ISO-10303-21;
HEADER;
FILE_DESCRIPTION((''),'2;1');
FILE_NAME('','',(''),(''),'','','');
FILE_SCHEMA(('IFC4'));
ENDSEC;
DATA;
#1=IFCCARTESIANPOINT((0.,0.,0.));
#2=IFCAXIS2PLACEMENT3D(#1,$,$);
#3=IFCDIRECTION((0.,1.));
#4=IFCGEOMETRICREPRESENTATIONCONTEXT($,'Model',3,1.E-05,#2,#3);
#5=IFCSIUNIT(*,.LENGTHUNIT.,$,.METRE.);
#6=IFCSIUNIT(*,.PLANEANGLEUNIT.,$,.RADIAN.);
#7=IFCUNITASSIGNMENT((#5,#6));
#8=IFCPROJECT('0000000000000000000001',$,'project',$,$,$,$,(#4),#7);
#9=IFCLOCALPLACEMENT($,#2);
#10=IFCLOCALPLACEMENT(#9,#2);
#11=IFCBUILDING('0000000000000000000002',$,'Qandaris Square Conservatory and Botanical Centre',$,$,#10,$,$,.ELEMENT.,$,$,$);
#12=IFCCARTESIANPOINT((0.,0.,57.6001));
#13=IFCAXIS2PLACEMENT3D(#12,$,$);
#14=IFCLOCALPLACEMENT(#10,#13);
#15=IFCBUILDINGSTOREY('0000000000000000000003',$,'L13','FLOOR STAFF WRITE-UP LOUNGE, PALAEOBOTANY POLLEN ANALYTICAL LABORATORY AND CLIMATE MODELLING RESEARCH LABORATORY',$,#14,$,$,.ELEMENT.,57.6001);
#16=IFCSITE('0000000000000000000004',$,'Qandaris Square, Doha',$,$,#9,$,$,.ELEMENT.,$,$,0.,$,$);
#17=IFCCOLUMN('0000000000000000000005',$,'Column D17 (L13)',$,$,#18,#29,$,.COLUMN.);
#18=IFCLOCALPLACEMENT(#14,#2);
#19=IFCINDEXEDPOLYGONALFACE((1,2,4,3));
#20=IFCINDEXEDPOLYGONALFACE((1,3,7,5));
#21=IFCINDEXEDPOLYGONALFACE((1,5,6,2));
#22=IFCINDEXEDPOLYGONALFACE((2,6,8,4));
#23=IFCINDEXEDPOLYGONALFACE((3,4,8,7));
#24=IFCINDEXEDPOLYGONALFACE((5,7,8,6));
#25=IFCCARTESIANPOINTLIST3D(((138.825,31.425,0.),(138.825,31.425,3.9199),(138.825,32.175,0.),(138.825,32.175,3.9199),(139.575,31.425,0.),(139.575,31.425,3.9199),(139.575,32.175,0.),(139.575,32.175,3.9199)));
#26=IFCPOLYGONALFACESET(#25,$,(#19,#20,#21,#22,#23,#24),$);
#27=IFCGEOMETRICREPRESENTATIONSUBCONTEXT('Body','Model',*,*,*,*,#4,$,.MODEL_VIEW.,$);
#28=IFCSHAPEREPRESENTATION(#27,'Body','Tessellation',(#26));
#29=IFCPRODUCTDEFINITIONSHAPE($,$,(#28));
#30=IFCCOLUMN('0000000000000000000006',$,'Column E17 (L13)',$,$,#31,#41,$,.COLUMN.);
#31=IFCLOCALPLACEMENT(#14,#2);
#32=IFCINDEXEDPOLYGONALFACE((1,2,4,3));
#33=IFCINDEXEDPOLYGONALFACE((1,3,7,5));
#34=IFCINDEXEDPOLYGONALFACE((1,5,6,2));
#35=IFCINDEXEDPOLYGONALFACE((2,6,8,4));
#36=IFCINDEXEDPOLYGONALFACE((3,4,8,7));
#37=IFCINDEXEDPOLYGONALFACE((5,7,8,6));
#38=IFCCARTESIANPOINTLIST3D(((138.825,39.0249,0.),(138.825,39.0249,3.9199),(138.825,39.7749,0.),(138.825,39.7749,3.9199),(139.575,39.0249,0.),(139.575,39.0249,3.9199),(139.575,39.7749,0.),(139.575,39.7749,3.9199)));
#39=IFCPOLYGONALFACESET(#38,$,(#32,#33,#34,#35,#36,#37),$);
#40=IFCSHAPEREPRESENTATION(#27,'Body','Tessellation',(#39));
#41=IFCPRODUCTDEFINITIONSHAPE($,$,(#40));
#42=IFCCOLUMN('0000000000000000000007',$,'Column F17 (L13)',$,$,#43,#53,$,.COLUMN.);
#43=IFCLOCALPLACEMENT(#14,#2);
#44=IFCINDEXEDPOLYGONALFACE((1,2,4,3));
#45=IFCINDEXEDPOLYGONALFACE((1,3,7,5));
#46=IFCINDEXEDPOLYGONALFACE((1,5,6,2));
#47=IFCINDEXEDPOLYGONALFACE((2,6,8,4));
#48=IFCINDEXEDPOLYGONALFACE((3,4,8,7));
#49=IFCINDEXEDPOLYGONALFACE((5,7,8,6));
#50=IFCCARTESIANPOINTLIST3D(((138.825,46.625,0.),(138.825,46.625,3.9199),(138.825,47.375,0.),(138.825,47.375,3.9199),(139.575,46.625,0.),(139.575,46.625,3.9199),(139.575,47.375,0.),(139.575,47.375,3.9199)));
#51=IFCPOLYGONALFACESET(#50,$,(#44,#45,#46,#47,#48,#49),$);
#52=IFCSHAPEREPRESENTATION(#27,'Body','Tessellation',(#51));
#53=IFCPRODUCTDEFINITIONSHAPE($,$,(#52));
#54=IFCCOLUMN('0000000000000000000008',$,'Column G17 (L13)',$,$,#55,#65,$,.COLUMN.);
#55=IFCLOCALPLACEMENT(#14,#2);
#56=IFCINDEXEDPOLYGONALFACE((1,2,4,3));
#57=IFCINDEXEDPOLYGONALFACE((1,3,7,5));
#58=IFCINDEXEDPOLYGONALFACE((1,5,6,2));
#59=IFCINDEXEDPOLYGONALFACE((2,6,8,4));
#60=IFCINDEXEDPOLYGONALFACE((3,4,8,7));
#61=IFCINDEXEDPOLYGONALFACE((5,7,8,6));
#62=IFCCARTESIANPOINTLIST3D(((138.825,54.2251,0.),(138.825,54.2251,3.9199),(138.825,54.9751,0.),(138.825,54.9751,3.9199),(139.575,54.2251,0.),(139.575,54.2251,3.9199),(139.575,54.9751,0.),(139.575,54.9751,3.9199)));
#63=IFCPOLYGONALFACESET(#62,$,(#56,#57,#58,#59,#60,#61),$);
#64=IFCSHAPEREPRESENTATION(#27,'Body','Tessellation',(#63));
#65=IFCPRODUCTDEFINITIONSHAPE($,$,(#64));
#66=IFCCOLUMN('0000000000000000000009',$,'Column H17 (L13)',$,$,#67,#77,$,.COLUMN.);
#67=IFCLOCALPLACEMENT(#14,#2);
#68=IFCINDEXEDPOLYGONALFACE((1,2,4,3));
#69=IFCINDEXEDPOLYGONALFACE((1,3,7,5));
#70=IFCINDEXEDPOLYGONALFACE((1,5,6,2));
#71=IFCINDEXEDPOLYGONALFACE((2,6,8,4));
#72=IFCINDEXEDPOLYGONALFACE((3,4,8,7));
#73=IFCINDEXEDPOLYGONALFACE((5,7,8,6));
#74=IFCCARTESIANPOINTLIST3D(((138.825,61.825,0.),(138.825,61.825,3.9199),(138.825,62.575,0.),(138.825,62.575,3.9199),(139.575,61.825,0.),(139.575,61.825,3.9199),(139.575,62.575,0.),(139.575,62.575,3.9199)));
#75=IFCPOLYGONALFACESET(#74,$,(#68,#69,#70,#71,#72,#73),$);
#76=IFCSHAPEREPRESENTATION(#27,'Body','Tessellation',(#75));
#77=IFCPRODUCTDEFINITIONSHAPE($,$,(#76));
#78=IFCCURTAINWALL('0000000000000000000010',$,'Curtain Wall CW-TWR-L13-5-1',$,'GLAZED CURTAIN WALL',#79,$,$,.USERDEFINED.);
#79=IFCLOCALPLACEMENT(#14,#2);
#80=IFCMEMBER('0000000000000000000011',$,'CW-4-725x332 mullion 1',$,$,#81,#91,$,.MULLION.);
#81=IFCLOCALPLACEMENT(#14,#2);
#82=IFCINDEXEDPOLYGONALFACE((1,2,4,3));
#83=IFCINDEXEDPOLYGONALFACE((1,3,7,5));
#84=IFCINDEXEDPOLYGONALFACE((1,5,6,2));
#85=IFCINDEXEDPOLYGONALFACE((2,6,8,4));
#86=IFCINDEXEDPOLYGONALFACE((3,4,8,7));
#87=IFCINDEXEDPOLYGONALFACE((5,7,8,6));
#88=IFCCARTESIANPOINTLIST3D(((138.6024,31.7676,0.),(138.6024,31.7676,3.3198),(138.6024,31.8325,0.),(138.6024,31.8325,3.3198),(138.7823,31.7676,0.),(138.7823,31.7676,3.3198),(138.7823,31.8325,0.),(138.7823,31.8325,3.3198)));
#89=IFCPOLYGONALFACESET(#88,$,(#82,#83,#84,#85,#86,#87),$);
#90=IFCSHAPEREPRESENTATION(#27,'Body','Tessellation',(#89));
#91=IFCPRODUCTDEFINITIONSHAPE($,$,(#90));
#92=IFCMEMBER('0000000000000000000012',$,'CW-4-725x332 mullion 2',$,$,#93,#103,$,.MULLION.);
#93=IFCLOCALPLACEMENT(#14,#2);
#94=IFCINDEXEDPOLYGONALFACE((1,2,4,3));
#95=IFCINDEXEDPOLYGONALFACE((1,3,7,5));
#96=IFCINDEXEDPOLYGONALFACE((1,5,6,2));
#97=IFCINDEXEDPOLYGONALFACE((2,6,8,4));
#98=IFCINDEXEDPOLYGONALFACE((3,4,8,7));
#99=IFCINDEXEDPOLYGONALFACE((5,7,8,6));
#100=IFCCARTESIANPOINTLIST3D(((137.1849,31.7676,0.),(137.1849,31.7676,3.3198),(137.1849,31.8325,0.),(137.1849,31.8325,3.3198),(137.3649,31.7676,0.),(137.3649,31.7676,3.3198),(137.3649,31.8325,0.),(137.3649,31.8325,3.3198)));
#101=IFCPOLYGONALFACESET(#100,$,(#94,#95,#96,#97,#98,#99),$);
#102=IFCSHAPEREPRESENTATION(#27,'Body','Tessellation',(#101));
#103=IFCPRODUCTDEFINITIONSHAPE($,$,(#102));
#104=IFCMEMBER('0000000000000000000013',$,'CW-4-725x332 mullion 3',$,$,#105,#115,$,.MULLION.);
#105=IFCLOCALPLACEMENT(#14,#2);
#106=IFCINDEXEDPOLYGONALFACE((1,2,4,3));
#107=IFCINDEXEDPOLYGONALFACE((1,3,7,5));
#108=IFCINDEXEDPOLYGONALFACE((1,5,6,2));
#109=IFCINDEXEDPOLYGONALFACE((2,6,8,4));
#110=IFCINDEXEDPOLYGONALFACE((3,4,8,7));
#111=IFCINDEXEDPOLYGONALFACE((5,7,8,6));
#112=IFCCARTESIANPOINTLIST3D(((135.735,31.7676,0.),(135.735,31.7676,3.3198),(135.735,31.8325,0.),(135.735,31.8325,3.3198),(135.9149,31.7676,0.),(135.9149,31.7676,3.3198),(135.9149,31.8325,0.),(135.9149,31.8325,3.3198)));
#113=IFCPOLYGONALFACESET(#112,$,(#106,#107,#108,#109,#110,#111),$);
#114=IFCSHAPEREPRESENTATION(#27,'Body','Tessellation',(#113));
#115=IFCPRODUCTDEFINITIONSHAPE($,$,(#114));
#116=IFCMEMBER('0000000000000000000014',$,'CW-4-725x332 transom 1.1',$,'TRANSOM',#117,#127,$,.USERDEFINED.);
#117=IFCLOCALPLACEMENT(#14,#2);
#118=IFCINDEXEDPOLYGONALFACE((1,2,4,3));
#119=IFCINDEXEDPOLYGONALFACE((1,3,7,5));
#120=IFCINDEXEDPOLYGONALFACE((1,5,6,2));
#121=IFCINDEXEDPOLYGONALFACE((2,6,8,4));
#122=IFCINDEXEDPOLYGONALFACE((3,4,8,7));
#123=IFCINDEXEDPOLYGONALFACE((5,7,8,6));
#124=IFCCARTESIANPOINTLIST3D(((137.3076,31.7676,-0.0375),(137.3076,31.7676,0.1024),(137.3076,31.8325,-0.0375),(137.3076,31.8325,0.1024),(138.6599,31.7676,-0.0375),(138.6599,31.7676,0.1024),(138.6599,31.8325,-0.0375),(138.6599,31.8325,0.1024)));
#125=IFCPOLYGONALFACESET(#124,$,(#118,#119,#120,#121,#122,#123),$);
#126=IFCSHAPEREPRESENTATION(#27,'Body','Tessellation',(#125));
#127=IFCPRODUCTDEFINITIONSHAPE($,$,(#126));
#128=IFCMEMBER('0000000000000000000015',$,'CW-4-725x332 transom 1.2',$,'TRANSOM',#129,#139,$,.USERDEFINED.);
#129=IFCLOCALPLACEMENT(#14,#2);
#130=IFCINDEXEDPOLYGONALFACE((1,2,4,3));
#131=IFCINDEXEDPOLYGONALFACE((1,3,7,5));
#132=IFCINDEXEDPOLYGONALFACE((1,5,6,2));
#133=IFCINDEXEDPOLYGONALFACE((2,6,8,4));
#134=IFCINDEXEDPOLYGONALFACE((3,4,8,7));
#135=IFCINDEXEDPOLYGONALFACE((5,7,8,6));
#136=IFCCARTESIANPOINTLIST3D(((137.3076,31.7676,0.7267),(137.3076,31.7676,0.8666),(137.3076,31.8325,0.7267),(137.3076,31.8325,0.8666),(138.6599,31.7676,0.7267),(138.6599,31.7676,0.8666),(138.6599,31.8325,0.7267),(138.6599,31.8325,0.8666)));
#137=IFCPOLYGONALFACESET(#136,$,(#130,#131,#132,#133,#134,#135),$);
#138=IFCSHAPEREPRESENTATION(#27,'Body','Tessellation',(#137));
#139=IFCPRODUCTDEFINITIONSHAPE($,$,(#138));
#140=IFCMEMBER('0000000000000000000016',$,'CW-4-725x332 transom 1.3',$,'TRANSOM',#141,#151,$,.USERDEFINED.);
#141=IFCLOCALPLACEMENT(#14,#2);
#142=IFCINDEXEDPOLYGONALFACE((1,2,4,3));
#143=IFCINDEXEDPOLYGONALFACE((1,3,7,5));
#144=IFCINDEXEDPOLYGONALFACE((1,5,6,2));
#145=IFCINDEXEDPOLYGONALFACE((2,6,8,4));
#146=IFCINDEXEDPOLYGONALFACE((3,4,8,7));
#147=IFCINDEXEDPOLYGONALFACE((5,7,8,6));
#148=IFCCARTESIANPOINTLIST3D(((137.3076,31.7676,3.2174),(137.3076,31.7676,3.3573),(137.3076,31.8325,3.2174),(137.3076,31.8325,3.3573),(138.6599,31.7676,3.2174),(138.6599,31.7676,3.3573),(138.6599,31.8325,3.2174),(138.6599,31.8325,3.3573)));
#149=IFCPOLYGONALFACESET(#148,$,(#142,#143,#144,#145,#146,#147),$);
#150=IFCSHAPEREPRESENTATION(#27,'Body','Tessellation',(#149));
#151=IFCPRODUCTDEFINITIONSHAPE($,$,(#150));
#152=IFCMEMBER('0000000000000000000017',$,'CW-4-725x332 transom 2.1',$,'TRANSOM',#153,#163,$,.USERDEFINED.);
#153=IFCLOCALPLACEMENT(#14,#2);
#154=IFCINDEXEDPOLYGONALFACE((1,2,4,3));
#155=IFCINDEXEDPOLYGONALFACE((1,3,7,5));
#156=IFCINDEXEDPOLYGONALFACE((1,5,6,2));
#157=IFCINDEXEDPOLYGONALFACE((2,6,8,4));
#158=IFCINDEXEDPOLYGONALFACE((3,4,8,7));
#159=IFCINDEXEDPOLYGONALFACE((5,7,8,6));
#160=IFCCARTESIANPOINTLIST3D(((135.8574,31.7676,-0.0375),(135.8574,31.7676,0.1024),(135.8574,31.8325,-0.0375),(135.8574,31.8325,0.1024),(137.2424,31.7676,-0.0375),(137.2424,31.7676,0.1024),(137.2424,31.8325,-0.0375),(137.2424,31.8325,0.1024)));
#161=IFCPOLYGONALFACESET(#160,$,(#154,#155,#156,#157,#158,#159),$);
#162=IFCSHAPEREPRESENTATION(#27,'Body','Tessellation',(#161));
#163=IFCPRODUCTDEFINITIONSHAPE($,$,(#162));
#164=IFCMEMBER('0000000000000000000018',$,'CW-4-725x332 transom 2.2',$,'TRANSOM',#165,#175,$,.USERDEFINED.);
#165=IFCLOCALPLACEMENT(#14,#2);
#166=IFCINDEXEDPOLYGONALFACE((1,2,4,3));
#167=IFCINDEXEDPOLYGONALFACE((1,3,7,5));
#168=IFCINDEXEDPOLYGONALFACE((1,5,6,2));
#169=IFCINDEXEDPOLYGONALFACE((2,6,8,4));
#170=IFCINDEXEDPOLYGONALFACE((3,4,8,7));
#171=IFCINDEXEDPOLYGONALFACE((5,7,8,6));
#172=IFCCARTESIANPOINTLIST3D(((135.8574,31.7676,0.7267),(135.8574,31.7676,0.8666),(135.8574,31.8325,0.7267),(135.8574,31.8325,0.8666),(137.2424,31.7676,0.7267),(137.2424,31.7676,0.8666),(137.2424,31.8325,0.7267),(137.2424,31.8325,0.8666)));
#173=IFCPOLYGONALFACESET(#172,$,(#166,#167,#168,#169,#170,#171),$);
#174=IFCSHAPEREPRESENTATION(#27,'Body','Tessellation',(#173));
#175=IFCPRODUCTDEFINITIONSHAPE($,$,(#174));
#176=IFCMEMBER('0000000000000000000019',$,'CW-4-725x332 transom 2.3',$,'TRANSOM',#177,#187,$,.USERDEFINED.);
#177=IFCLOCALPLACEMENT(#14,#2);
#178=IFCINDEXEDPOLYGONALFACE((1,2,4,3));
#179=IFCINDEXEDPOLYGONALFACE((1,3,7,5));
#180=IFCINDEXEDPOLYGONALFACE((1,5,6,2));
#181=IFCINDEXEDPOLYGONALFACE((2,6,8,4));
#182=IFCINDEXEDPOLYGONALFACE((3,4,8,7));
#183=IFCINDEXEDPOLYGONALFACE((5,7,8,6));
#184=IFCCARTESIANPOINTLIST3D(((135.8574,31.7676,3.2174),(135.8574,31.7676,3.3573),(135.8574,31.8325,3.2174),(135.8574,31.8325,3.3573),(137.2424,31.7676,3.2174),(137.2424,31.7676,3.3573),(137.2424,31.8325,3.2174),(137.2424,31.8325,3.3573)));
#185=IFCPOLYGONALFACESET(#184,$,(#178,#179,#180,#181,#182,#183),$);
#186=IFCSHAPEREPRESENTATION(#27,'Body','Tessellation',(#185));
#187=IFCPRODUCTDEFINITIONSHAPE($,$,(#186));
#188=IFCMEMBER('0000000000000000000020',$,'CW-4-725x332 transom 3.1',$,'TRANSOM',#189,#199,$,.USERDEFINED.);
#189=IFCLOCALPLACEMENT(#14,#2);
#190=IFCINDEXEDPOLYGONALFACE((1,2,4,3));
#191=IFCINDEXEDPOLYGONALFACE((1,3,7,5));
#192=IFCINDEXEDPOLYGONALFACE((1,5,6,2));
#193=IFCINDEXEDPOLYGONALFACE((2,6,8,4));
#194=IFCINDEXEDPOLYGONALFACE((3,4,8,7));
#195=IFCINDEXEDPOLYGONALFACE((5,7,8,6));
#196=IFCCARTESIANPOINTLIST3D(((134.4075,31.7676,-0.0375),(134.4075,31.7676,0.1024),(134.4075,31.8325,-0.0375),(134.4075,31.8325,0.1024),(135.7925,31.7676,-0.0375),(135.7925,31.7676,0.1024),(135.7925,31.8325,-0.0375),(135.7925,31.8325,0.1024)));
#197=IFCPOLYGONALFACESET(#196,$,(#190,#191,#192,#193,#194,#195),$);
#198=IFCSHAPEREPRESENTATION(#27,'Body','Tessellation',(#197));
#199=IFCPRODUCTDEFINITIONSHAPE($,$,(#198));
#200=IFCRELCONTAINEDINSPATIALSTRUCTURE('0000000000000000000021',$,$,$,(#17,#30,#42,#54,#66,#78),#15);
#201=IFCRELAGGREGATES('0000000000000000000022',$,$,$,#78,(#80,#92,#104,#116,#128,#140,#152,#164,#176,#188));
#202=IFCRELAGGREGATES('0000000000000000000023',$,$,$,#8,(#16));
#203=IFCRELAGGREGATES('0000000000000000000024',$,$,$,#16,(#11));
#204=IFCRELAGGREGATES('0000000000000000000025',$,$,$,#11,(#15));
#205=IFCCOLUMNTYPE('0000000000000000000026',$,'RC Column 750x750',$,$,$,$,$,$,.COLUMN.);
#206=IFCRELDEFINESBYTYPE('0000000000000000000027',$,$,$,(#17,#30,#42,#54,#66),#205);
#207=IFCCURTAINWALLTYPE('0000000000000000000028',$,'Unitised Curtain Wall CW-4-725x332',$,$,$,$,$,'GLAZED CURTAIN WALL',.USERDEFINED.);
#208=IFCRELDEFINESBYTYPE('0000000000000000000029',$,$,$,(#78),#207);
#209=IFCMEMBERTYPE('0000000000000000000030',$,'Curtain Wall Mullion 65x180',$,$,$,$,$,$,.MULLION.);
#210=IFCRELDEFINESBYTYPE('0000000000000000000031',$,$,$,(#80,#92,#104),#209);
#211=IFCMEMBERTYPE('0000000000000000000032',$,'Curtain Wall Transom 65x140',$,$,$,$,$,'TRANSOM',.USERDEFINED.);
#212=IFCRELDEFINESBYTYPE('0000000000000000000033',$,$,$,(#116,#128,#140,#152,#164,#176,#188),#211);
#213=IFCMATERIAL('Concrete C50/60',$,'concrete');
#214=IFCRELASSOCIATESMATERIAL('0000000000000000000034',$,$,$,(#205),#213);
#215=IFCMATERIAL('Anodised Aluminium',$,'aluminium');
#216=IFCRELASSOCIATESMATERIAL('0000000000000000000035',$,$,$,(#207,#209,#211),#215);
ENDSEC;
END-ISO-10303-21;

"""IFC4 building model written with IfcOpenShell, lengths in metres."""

from ifc_helpers import new_model, si_unit, direction, frame, origin, origin_2d, place, context, subcontext, project, spatial, rectangle, extrude, material, material_profile, profile_set, type_object, element, aggregate, save


model = new_model("IFC4")

# Units and contexts
model_context = context("Model", 3, precision=1e-05, world=origin(), true_north=direction((0.0, 1.0)))
body_context = subcontext(model_context, "Body", "Model", "MODEL_VIEW")
ifc_project = project(units=[si_unit("LENGTHUNIT", "METRE"), si_unit("PLANEANGLEUNIT", "RADIAN")], contexts=[model_context])

# Site, building, storey
site_placement = place(None, origin())
site = spatial("IfcSite", under=ifc_project, at=site_placement, Name="Qandaris Square, Doha", CompositionType="ELEMENT", RefElevation=0.0)
building_placement = place(site_placement, origin())
building = spatial("IfcBuilding", under=site, at=building_placement, Name="Qandaris Square Conservatory and Botanical Centre", CompositionType="ELEMENT")
storey_placement = place(building_placement, frame((0.0, 0.0, 57.6001)))
storey = spatial("IfcBuildingStorey", under=building, at=storey_placement, Name="L13", Description="FLOOR STAFF WRITE-UP LOUNGE, PALAEOBOTANY POLLEN ANALYTICAL LABORATORY AND CLIMATE MODELLING RESEARCH LABORATORY", CompositionType="ELEMENT", Elevation=57.6001)

# Columns
ifc_material_1 = material(Name="Concrete C50/60", Category="concrete")
ifc_material_profile_1 = material_profile(ifc_material_1, rectangle(XDim=0.75, YDim=0.75, at=origin_2d()), Name="RC-COL 750x750")
ifc_profile_set_1 = profile_set([ifc_material_profile_1], Name="Concrete C50/60")
column_type = type_object("IfcColumnType", Name="RC Column 750x750", PredefinedType="COLUMN", material=ifc_profile_set_1)
for number, where, z_axis, x_axis, name in (
    (1, (139.2, 31.8, 0.0), (0.0, 0.0, 1.0), (1.0, 0.0, 0.0), "Column D17 (L13)"),
    (2, (139.2, 39.3999, 0.0), (0.0, 0.0, 1.0), (1.0, 0.0, 0.0), "Column E17 (L13)"),
    (3, (139.2, 47.0, 0.0), (0.0, 0.0, 1.0), (1.0, 0.0, 0.0), "Column F17 (L13)"),
    (4, (139.2, 54.6001, 0.0), (0.0, 0.0, 1.0), (1.0, 0.0, 0.0), "Column G17 (L13)"),
    (5, (139.2, 62.2, 0.0), (0.0, 0.0, 1.0), (1.0, 0.0, 0.0), "Column H17 (L13)"),
):
    element("IfcColumn", number, at=place(storey_placement, frame(where, z_axis=z_axis, x_axis=x_axis)), inside=storey, type_object=column_type, Name=name, PredefinedType="COLUMN", context=body_context, shape_type="SweptSolid", body=[
        extrude(rectangle(XDim=0.75, YDim=0.75, at=origin_2d()), origin(), (0.0, 0.0, 1.0), 3.9199),
    ])

# Curtain wall, members
ifc_material_2 = material(Name="Anodised Aluminium", Category="aluminium")
curtain_wall_type = type_object("IfcCurtainWallType", Name="Unitised Curtain Wall CW-4-725x332", ElementType="GLAZED CURTAIN WALL", PredefinedType="USERDEFINED", material=ifc_material_2)
curtain_wall_placement = place(storey_placement, origin())
curtain_wall = element("IfcCurtainWall", 6, at=curtain_wall_placement, inside=storey, type_object=curtain_wall_type, Name="Curtain Wall CW-TWR-L13-5-1", ObjectType="GLAZED CURTAIN WALL", PredefinedType="USERDEFINED")
ifc_material_profile_2 = material_profile(ifc_material_2, rectangle(XDim=0.0649, YDim=0.1799, at=origin_2d()), Name="ALU-MUL 65x180")
ifc_profile_set_2 = profile_set([ifc_material_profile_2], Name="Anodised Aluminium")
member_type_1 = type_object("IfcMemberType", Name="Curtain Wall Mullion 65x180", PredefinedType="MULLION", material=ifc_profile_set_2)
member_1_placement = place(storey_placement, frame((138.6924, 31.8, 0.0), z_axis=(0.0, 0.0, 1.0), x_axis=(0.0, -1.0, 0.0)))
member_1 = element("IfcMember", 7, at=member_1_placement, type_object=member_type_1, Name="CW-4-725x332 mullion 1", PredefinedType="MULLION", context=body_context, shape_type="SweptSolid", body=[
    extrude(rectangle(XDim=0.0649, YDim=0.1799, at=origin_2d()), origin(), (0.0, 0.0, 1.0), 3.3198),
])
member_2_placement = place(storey_placement, frame((137.2749, 31.8, 0.0), z_axis=(0.0, 0.0, 1.0), x_axis=(0.0, -1.0, 0.0)))
member_2 = element("IfcMember", 8, at=member_2_placement, type_object=member_type_1, Name="CW-4-725x332 mullion 2", PredefinedType="MULLION", context=body_context, shape_type="SweptSolid", body=[
    extrude(rectangle(XDim=0.0649, YDim=0.1799, at=origin_2d()), origin(), (0.0, 0.0, 1.0), 3.3198),
])
member_3_placement = place(storey_placement, frame((135.825, 31.8, 0.0), z_axis=(0.0, 0.0, 1.0), x_axis=(0.0, -1.0, 0.0)))
member_3 = element("IfcMember", 9, at=member_3_placement, type_object=member_type_1, Name="CW-4-725x332 mullion 3", PredefinedType="MULLION", context=body_context, shape_type="SweptSolid", body=[
    extrude(rectangle(XDim=0.0649, YDim=0.1799, at=origin_2d()), origin(), (0.0, 0.0, 1.0), 3.3198),
])
ifc_material_profile_3 = material_profile(ifc_material_2, rectangle(XDim=0.0649, YDim=0.1399, at=origin_2d()), Name="ALU-TRN 65x140")
ifc_profile_set_3 = profile_set([ifc_material_profile_3], Name="Anodised Aluminium")
member_type_2 = type_object("IfcMemberType", Name="Curtain Wall Transom 65x140", ElementType="TRANSOM", PredefinedType="USERDEFINED", material=ifc_profile_set_3)
member_4_placement = place(storey_placement, frame((138.6599, 31.8, 0.0325), z_axis=(-1.0, 0.0, 0.0), x_axis=(0.0, -1.0, 0.0)))
member_4 = element("IfcMember", 10, at=member_4_placement, type_object=member_type_2, Name="CW-4-725x332 transom 1.1", ObjectType="TRANSOM", PredefinedType="USERDEFINED", context=body_context, shape_type="SweptSolid", body=[
    extrude(rectangle(XDim=0.0649, YDim=0.1399, at=origin_2d()), origin(), (0.0, 0.0, 1.0), 1.3523),
])
member_5_placement = place(storey_placement, frame((138.6599, 31.8, 0.7966), z_axis=(-1.0, 0.0, 0.0), x_axis=(0.0, -1.0, 0.0)))
member_5 = element("IfcMember", 11, at=member_5_placement, type_object=member_type_2, Name="CW-4-725x332 transom 1.2", ObjectType="TRANSOM", PredefinedType="USERDEFINED", context=body_context, shape_type="SweptSolid", body=[
    extrude(rectangle(XDim=0.0649, YDim=0.1399, at=origin_2d()), origin(), (0.0, 0.0, 1.0), 1.3523),
])
member_6_placement = place(storey_placement, frame((138.6599, 31.8, 3.2874), z_axis=(-1.0, 0.0, 0.0), x_axis=(0.0, -1.0, 0.0)))
member_6 = element("IfcMember", 12, at=member_6_placement, type_object=member_type_2, Name="CW-4-725x332 transom 1.3", ObjectType="TRANSOM", PredefinedType="USERDEFINED", context=body_context, shape_type="SweptSolid", body=[
    extrude(rectangle(XDim=0.0649, YDim=0.1399, at=origin_2d()), origin(), (0.0, 0.0, 1.0), 1.3523),
])
member_7_placement = place(storey_placement, frame((137.2424, 31.8, 0.0325), z_axis=(-1.0, 0.0, 0.0), x_axis=(0.0, -1.0, 0.0)))
member_7 = element("IfcMember", 13, at=member_7_placement, type_object=member_type_2, Name="CW-4-725x332 transom 2.1", ObjectType="TRANSOM", PredefinedType="USERDEFINED", context=body_context, shape_type="SweptSolid", body=[
    extrude(rectangle(XDim=0.0649, YDim=0.1399, at=origin_2d()), origin(), (0.0, 0.0, 1.0), 1.385),
])
member_8_placement = place(storey_placement, frame((137.2424, 31.8, 0.7966), z_axis=(-1.0, 0.0, 0.0), x_axis=(0.0, -1.0, 0.0)))
member_8 = element("IfcMember", 14, at=member_8_placement, type_object=member_type_2, Name="CW-4-725x332 transom 2.2", ObjectType="TRANSOM", PredefinedType="USERDEFINED", context=body_context, shape_type="SweptSolid", body=[
    extrude(rectangle(XDim=0.0649, YDim=0.1399, at=origin_2d()), origin(), (0.0, 0.0, 1.0), 1.385),
])
member_9_placement = place(storey_placement, frame((137.2424, 31.8, 3.2874), z_axis=(-1.0, 0.0, 0.0), x_axis=(0.0, -1.0, 0.0)))
member_9 = element("IfcMember", 15, at=member_9_placement, type_object=member_type_2, Name="CW-4-725x332 transom 2.3", ObjectType="TRANSOM", PredefinedType="USERDEFINED", context=body_context, shape_type="SweptSolid", body=[
    extrude(rectangle(XDim=0.0649, YDim=0.1399, at=origin_2d()), origin(), (0.0, 0.0, 1.0), 1.385),
])
member_10_placement = place(storey_placement, frame((135.7925, 31.8, 0.0325), z_axis=(-1.0, 0.0, 0.0), x_axis=(0.0, -1.0, 0.0)))
member_10 = element("IfcMember", 16, at=member_10_placement, type_object=member_type_2, Name="CW-4-725x332 transom 3.1", ObjectType="TRANSOM", PredefinedType="USERDEFINED", context=body_context, shape_type="SweptSolid", body=[
    extrude(rectangle(XDim=0.0649, YDim=0.1399, at=origin_2d()), origin(), (0.0, 0.0, 1.0), 1.385),
])
aggregate(curtain_wall, [member_1, member_2, member_3, member_4, member_5, member_6, member_7, member_8, member_9, member_10])

save(model, "model.ifc")
